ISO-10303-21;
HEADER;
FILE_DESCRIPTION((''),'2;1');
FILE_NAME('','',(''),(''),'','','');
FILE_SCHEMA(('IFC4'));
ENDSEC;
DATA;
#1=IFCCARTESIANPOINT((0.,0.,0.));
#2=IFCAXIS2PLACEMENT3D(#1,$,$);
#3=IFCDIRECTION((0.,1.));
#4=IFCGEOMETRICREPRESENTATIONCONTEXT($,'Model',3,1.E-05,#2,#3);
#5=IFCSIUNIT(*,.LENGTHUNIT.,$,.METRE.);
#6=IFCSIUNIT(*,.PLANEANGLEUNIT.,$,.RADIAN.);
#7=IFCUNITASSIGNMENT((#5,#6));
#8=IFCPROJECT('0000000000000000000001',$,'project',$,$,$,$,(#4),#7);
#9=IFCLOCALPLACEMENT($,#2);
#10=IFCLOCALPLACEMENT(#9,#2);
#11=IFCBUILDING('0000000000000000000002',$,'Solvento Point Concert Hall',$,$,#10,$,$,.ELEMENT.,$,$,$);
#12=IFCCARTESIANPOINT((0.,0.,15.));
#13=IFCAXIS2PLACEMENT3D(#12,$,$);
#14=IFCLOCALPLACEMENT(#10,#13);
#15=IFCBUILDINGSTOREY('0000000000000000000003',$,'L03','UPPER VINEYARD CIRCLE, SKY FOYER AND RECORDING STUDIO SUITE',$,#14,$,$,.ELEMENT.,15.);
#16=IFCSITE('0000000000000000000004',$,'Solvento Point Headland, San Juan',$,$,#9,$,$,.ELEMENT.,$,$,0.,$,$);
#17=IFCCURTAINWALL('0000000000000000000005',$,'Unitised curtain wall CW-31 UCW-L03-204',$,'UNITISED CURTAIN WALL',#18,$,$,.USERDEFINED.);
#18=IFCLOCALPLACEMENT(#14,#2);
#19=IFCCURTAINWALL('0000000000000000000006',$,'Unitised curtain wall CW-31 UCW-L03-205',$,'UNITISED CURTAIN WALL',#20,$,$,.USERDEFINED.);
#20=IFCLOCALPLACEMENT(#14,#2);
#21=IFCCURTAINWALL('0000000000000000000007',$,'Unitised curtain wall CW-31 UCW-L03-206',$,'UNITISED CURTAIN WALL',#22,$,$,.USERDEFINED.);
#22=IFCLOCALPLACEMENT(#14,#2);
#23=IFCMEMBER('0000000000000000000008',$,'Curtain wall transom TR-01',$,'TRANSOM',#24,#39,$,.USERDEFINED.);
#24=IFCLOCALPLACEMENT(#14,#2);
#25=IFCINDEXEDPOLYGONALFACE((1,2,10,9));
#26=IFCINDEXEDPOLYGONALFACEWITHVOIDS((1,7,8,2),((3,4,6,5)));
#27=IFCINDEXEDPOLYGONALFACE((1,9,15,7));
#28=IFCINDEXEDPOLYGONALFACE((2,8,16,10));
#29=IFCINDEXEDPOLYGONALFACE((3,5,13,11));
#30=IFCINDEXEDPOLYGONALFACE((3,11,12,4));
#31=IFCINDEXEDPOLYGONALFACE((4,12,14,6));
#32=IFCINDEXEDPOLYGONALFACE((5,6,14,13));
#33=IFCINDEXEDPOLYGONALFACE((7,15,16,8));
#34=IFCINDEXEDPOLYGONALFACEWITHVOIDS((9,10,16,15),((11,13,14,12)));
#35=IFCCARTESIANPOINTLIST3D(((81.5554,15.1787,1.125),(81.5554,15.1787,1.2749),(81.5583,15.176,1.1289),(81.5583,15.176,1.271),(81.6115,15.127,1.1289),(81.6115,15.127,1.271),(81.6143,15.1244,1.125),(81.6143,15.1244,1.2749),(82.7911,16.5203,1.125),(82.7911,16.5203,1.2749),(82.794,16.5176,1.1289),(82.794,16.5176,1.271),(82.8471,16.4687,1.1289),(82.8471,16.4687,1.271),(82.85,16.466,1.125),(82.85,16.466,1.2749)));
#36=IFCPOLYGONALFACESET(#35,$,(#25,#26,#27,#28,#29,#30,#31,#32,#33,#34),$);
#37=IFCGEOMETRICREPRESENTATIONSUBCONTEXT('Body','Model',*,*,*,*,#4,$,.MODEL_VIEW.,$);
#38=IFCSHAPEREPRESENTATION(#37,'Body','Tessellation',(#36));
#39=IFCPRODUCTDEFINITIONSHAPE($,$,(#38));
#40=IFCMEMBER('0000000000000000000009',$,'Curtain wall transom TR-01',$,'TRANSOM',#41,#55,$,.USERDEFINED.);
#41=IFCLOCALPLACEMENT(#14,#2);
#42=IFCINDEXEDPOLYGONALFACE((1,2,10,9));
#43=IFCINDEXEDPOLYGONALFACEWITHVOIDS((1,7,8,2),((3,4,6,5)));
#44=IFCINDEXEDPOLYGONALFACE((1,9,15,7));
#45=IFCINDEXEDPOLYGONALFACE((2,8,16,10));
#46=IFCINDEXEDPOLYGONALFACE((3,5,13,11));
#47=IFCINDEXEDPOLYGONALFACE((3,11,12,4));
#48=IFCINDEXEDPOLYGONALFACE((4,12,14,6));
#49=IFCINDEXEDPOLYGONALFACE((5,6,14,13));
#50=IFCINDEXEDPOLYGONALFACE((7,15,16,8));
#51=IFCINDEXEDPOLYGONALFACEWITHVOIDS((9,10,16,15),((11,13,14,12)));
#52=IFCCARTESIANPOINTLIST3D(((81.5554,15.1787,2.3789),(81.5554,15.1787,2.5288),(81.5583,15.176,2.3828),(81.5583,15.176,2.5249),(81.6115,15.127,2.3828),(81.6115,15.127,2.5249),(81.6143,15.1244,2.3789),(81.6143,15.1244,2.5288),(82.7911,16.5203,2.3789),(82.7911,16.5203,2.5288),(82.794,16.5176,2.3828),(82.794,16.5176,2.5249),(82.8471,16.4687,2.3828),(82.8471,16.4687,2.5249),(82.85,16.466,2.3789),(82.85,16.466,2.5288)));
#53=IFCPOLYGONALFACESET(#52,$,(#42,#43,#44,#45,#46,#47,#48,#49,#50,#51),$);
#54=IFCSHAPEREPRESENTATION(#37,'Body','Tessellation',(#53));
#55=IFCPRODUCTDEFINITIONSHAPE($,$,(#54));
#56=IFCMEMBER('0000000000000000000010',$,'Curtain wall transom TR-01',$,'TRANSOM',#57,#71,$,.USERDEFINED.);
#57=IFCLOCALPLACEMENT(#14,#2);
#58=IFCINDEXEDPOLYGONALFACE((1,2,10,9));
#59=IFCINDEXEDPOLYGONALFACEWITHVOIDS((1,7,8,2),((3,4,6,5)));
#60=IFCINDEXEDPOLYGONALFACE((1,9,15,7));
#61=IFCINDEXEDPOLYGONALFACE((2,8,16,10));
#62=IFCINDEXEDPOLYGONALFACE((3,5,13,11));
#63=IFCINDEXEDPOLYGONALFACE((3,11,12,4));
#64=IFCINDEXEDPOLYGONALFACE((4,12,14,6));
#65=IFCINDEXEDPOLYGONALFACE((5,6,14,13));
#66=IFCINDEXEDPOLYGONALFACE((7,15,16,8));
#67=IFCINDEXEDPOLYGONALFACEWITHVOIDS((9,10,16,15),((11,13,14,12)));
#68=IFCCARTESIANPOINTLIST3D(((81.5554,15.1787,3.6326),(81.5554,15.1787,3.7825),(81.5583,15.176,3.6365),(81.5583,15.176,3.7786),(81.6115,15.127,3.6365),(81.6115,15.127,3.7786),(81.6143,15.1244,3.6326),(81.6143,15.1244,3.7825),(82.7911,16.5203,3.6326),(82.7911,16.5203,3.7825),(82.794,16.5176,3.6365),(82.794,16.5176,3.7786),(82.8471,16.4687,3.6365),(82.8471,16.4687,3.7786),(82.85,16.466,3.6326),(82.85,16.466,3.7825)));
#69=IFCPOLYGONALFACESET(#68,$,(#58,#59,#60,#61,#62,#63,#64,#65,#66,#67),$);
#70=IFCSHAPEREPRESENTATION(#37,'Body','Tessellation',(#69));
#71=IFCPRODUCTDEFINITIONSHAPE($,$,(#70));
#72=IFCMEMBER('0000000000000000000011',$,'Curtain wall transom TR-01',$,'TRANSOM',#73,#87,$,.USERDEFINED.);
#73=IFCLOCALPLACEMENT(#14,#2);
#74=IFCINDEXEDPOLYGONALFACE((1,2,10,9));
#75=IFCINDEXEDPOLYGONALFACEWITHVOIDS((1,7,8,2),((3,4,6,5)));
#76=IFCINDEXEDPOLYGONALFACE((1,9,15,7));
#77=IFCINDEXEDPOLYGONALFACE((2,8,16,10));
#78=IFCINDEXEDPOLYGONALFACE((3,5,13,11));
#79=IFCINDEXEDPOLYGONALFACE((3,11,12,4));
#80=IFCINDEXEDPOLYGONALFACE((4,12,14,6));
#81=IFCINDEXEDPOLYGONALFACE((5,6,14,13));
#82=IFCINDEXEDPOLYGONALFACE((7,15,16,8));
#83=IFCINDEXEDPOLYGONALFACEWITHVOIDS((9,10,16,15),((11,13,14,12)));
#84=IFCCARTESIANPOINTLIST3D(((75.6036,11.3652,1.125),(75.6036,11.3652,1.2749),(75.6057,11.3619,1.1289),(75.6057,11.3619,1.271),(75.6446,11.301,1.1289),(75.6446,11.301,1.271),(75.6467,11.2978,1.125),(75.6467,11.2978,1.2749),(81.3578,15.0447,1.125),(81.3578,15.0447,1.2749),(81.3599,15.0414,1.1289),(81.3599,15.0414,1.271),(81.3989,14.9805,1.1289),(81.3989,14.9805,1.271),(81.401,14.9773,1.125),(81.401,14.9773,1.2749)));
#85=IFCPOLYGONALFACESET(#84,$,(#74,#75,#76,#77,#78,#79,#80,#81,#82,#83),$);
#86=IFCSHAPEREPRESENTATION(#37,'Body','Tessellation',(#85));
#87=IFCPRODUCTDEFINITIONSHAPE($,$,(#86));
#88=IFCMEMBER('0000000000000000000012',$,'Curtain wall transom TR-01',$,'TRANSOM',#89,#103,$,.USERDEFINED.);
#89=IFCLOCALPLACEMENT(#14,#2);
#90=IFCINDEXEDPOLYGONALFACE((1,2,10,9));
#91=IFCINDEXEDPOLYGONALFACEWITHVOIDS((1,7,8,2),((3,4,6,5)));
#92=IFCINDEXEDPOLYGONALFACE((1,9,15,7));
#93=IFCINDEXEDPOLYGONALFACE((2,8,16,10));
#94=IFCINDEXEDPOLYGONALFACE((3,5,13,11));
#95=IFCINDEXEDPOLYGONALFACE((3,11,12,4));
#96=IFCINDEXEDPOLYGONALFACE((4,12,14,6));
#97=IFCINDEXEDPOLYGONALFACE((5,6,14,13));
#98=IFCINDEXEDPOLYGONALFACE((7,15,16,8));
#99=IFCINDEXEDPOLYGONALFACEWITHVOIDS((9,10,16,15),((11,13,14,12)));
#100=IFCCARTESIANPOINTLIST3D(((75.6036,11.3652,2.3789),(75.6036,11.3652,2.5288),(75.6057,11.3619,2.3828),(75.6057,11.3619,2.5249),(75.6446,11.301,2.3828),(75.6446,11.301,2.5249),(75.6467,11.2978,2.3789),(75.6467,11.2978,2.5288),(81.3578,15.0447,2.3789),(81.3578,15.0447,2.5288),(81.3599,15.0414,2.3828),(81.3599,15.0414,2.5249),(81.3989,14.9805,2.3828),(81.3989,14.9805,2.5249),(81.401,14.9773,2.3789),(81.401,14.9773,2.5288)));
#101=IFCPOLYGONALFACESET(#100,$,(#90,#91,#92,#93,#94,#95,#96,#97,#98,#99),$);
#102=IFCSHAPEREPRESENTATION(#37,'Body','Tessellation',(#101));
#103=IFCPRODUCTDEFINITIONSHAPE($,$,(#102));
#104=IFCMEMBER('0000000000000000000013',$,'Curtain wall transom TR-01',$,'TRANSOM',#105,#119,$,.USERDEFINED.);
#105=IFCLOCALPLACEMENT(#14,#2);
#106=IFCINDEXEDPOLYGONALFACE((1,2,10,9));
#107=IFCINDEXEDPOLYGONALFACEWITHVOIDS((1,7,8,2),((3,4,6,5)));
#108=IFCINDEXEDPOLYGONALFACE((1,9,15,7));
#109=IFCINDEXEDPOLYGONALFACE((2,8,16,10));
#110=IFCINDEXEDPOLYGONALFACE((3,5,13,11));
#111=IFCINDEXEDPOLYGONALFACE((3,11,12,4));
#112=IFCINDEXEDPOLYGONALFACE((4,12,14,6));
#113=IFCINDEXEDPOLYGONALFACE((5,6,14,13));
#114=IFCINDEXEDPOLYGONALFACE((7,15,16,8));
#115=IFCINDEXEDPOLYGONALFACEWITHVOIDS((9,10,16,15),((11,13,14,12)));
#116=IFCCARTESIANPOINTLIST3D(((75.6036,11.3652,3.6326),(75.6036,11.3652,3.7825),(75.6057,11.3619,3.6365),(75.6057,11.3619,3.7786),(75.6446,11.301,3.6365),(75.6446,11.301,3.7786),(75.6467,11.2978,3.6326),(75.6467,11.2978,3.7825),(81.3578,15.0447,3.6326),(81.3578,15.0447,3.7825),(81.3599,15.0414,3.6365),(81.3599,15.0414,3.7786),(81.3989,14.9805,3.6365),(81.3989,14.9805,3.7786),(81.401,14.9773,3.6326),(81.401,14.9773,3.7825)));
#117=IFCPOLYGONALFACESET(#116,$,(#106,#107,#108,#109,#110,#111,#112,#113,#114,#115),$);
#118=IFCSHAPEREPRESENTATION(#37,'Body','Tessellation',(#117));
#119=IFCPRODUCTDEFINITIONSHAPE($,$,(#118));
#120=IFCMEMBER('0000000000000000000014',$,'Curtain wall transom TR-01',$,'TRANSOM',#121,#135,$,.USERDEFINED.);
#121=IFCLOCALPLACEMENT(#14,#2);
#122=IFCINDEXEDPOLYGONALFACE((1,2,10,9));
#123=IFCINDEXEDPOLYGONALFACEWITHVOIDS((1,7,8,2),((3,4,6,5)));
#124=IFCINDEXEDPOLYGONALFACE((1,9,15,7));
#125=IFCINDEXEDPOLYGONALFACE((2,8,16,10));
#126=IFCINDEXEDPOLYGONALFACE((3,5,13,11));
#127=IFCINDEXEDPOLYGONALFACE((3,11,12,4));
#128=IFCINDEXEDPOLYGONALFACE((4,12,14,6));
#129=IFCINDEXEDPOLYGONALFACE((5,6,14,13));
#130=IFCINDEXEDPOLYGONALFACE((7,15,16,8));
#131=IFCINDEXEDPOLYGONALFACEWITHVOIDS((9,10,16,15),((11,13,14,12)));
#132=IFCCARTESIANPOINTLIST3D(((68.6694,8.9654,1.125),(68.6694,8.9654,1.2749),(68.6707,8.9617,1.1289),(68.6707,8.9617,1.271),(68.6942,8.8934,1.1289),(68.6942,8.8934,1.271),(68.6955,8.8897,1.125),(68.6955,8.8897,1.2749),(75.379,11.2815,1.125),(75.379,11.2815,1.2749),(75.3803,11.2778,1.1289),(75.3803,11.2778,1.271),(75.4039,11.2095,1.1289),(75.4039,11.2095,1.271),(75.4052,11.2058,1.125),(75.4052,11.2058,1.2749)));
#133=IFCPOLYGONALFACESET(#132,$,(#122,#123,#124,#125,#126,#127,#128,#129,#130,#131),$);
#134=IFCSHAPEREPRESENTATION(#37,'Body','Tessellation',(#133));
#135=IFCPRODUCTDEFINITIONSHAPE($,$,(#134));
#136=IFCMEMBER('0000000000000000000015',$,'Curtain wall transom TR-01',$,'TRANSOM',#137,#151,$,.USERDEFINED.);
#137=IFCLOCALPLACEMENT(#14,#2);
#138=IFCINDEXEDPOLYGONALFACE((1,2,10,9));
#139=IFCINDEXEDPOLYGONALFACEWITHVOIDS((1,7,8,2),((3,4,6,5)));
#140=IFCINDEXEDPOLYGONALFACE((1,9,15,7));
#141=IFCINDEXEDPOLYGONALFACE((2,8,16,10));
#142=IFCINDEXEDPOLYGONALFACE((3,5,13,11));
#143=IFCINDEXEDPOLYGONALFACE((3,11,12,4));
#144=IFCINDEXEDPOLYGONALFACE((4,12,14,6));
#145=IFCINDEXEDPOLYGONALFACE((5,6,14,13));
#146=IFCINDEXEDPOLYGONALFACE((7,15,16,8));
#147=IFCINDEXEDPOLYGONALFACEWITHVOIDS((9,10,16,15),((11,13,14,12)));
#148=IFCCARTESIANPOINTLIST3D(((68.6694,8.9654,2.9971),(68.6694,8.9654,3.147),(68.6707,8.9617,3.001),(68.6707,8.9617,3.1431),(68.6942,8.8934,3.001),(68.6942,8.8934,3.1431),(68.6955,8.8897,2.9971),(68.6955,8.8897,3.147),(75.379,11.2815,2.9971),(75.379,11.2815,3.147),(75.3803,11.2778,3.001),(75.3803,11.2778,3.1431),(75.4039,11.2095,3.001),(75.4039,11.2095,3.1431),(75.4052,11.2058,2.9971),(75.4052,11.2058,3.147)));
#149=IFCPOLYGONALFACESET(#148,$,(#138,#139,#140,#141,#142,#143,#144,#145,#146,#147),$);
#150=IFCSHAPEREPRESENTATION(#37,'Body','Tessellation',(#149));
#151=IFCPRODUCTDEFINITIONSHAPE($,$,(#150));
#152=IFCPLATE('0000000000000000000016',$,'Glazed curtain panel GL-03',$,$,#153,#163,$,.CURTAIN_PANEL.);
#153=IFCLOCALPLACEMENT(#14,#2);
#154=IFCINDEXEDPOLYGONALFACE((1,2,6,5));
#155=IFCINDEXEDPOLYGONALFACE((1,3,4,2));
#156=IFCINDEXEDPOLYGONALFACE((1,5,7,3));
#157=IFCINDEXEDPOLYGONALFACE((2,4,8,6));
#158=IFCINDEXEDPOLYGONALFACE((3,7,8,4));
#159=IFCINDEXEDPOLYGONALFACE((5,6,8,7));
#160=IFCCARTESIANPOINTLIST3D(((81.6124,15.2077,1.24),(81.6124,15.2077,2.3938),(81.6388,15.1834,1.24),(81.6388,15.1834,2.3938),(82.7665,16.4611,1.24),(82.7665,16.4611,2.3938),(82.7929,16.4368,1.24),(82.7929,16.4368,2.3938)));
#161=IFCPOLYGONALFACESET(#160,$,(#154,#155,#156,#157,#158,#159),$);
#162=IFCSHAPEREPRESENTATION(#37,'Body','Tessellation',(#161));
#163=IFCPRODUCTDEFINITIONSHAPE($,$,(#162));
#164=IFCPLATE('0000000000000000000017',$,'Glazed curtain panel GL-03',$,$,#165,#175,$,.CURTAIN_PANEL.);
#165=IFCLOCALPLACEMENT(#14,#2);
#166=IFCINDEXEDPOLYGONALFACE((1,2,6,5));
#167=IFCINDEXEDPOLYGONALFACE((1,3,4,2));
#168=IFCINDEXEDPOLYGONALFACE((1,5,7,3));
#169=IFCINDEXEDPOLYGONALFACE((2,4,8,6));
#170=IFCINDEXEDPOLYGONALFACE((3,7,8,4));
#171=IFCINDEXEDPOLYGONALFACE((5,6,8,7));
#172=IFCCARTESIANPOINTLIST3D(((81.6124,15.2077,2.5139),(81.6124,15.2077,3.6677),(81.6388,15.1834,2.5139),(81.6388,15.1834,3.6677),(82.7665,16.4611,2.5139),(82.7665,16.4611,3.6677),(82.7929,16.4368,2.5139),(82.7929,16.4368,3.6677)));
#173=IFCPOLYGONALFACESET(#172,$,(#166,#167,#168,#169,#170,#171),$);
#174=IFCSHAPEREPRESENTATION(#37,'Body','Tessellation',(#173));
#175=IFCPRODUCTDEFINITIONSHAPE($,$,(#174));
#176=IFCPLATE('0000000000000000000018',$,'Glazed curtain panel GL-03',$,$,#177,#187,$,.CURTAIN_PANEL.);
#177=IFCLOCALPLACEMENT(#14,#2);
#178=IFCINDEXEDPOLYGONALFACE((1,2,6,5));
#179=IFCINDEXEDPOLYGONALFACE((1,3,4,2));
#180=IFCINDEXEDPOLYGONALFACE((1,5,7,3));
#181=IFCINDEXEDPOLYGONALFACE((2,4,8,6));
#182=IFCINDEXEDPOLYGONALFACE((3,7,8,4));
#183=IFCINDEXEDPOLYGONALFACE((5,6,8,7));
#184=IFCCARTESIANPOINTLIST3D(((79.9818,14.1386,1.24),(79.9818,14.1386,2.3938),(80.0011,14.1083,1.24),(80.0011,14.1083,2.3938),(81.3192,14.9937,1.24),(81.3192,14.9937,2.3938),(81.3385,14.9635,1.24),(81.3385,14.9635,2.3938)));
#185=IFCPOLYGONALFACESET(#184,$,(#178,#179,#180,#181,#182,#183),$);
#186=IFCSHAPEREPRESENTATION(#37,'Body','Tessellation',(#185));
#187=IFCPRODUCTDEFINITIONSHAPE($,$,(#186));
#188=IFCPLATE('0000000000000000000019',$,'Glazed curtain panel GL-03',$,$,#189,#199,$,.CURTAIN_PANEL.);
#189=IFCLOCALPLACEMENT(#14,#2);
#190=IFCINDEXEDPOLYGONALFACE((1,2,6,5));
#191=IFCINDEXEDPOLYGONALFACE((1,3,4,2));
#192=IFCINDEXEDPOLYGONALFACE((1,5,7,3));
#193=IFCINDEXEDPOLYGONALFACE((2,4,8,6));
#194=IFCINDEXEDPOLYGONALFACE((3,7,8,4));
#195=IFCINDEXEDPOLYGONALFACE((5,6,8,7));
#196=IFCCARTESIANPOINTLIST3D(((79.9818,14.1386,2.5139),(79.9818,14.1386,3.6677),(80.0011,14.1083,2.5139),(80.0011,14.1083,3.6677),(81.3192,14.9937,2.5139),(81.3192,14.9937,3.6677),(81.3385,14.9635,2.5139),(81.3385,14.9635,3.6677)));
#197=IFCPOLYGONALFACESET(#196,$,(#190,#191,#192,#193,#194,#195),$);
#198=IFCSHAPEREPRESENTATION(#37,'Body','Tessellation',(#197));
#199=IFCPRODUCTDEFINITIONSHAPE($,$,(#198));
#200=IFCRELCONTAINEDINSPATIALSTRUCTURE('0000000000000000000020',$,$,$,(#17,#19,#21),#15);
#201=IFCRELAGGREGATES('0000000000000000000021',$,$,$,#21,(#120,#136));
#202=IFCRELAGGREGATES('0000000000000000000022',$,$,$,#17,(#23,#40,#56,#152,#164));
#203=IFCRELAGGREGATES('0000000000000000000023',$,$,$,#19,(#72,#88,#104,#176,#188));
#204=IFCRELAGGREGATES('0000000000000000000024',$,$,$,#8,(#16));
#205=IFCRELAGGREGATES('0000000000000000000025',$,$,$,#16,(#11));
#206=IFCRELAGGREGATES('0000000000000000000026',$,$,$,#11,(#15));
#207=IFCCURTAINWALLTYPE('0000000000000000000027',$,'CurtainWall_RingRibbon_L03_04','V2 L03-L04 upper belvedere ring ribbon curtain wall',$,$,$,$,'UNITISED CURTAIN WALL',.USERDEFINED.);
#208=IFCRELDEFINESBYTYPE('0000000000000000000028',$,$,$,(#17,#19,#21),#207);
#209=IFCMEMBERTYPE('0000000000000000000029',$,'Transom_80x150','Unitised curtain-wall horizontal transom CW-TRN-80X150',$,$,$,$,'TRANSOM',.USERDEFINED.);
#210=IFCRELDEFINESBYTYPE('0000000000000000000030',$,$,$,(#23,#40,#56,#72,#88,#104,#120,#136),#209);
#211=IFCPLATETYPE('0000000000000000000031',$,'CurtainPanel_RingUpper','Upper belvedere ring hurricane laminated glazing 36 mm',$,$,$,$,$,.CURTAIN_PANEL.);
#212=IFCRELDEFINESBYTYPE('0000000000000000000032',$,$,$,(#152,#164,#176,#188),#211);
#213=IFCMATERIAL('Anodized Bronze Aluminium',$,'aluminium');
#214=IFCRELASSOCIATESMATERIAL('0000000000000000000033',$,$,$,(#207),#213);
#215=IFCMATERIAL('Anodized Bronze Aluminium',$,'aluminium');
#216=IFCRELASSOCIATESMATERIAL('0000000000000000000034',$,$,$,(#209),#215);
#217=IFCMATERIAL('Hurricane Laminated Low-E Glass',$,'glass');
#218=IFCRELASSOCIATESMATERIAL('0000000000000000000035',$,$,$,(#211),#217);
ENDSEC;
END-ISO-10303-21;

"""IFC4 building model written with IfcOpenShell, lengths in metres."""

from ifc_helpers import new_model, si_unit, direction, frame, origin, origin_2d, place, context, subcontext, project, spatial, rectangle, hollow_rectangle, extrude, material, material_profile, profile_set, type_object, element, aggregate, save


model = new_model("IFC4")

# Units and contexts
model_context = context("Model", 3, precision=1e-05, world=origin(), true_north=direction((0.0, 1.0)))
body_context = subcontext(model_context, "Body", "Model", "MODEL_VIEW")
ifc_project = project(units=[si_unit("LENGTHUNIT", "METRE"), si_unit("PLANEANGLEUNIT", "RADIAN")], contexts=[model_context])

# Site, building, storey
site_placement = place(None, origin())
site = spatial("IfcSite", under=ifc_project, at=site_placement, Name="Solvento Point Headland, San Juan", CompositionType="ELEMENT", RefElevation=0.0)
building_placement = place(site_placement, origin())
building = spatial("IfcBuilding", under=site, at=building_placement, Name="Solvento Point Concert Hall", CompositionType="ELEMENT")
storey_placement = place(building_placement, frame((0.0, 0.0, 15.0)))
storey = spatial("IfcBuildingStorey", under=building, at=storey_placement, Name="L03", Description="UPPER VINEYARD CIRCLE, SKY FOYER AND RECORDING STUDIO SUITE", CompositionType="ELEMENT", Elevation=15.0)

# Shared definitions
ifc_material_1 = material(Name="Anodized Bronze Aluminium", Category="aluminium")
curtain_wall_type = type_object("IfcCurtainWallType", Name="CurtainWall_RingRibbon_L03_04", Description="V2 L03-L04 upper belvedere ring ribbon curtain wall", ElementType="UNITISED CURTAIN WALL", PredefinedType="USERDEFINED", material=ifc_material_1)

# Curtain walls
curtain_wall_1_placement = place(storey_placement, origin())
curtain_wall_1 = element("IfcCurtainWall", 1, at=curtain_wall_1_placement, inside=storey, type_object=curtain_wall_type, Name="Unitised curtain wall CW-31 UCW-L03-204", ObjectType="UNITISED CURTAIN WALL", PredefinedType="USERDEFINED")
curtain_wall_2_placement = place(storey_placement, origin())
curtain_wall_2 = element("IfcCurtainWall", 2, at=curtain_wall_2_placement, inside=storey, type_object=curtain_wall_type, Name="Unitised curtain wall CW-31 UCW-L03-205", ObjectType="UNITISED CURTAIN WALL", PredefinedType="USERDEFINED")

# Curtain wall
curtain_wall_3_placement = place(storey_placement, origin())
curtain_wall_3 = element("IfcCurtainWall", 3, at=curtain_wall_3_placement, inside=storey, type_object=curtain_wall_type, Name="Unitised curtain wall CW-31 UCW-L03-206", ObjectType="UNITISED CURTAIN WALL", PredefinedType="USERDEFINED")

# Members
ifc_material_2 = material(Name="Anodized Bronze Aluminium", Category="aluminium")
ifc_material_profile_1 = material_profile(ifc_material_2, hollow_rectangle(XDim=0.0801, YDim=0.1499, WallThickness=0.0039, at=origin_2d()), Name="CW-TRN-80X150")
ifc_profile_set_1 = profile_set([ifc_material_profile_1], Name="Anodized Bronze Aluminium")
member_type_1 = type_object("IfcMemberType", Name="Transom_80x150", Description="Unitised curtain-wall horizontal transom CW-TRN-80X150", ElementType="TRANSOM", PredefinedType="USERDEFINED", material=ifc_profile_set_1)
member_1_placement = place(storey_placement, frame((82.8206, 16.4932, 1.2), z_axis=(-0.677462, -0.735557, 0.0), x_axis=(0.735557, -0.677462, 0.0)))
member_1 = element("IfcMember", 4, at=member_1_placement, type_object=member_type_1, Name="Curtain wall transom TR-01", ObjectType="TRANSOM", PredefinedType="USERDEFINED", context=body_context, shape_type="SweptSolid", body=[
    extrude(hollow_rectangle(XDim=0.0801, YDim=0.1499, WallThickness=0.0039, at=origin_2d()), origin(), (0.0, 0.0, 1.0), 1.824),
])
member_2_placement = place(storey_placement, frame((82.8206, 16.4932, 2.4539), z_axis=(-0.677462, -0.735557, 0.0), x_axis=(0.735557, -0.677462, 0.0)))
member_2 = element("IfcMember", 5, at=member_2_placement, type_object=member_type_1, Name="Curtain wall transom TR-01", ObjectType="TRANSOM", PredefinedType="USERDEFINED", context=body_context, shape_type="SweptSolid", body=[
    extrude(hollow_rectangle(XDim=0.0801, YDim=0.1499, WallThickness=0.0039, at=origin_2d()), origin(), (0.0, 0.0, 1.0), 1.824),
])
member_3_placement = place(storey_placement, frame((82.8206, 16.4932, 3.7075), z_axis=(-0.677462, -0.735557, 0.0), x_axis=(0.735557, -0.677462, 0.0)))
member_3 = element("IfcMember", 6, at=member_3_placement, type_object=member_type_1, Name="Curtain wall transom TR-01", ObjectType="TRANSOM", PredefinedType="USERDEFINED", context=body_context, shape_type="SweptSolid", body=[
    extrude(hollow_rectangle(XDim=0.0801, YDim=0.1499, WallThickness=0.0039, at=origin_2d()), origin(), (0.0, 0.0, 1.0), 1.824),
])
member_4_placement = place(storey_placement, frame((81.3794, 15.011, 1.2), z_axis=(-0.842485, -0.53872, 0.0), x_axis=(0.53872, -0.842485, 0.0)))
member_4 = element("IfcMember", 7, at=member_4_placement, type_object=member_type_1, Name="Curtain wall transom TR-01", ObjectType="TRANSOM", PredefinedType="USERDEFINED", context=body_context, shape_type="SweptSolid", body=[
    extrude(hollow_rectangle(XDim=0.0801, YDim=0.1499, WallThickness=0.0039, at=origin_2d()), origin(), (0.0, 0.0, 1.0), 6.8301),
])
member_5_placement = place(storey_placement, frame((81.3794, 15.011, 2.4539), z_axis=(-0.842485, -0.53872, 0.0), x_axis=(0.53872, -0.842485, 0.0)))
member_5 = element("IfcMember", 8, at=member_5_placement, type_object=member_type_1, Name="Curtain wall transom TR-01", ObjectType="TRANSOM", PredefinedType="USERDEFINED", context=body_context, shape_type="SweptSolid", body=[
    extrude(hollow_rectangle(XDim=0.0801, YDim=0.1499, WallThickness=0.0039, at=origin_2d()), origin(), (0.0, 0.0, 1.0), 6.8301),
])
member_6_placement = place(storey_placement, frame((81.3794, 15.011, 3.7075), z_axis=(-0.842485, -0.53872, 0.0), x_axis=(0.53872, -0.842485, 0.0)))
member_6 = element("IfcMember", 9, at=member_6_placement, type_object=member_type_1, Name="Curtain wall transom TR-01", ObjectType="TRANSOM", PredefinedType="USERDEFINED", context=body_context, shape_type="SweptSolid", body=[
    extrude(hollow_rectangle(XDim=0.0801, YDim=0.1499, WallThickness=0.0039, at=origin_2d()), origin(), (0.0, 0.0, 1.0), 6.8301),
])
member_7_placement = place(storey_placement, frame((75.3921, 11.2437, 1.2), z_axis=(-0.945266, -0.326301, 0.0), x_axis=(0.326301, -0.945266, 0.0)))
member_7 = element("IfcMember", 10, at=member_7_placement, type_object=member_type_1, Name="Curtain wall transom TR-01", ObjectType="TRANSOM", PredefinedType="USERDEFINED", context=body_context, shape_type="SweptSolid", body=[
    extrude(hollow_rectangle(XDim=0.0801, YDim=0.1499, WallThickness=0.0039, at=origin_2d()), origin(), (0.0, 0.0, 1.0), 7.0981),
])
member_8_placement = place(storey_placement, frame((75.3921, 11.2437, 3.072), z_axis=(-0.945266, -0.326301, 0.0), x_axis=(0.326301, -0.945266, 0.0)))
member_8 = element("IfcMember", 11, at=member_8_placement, type_object=member_type_1, Name="Curtain wall transom TR-01", ObjectType="TRANSOM", PredefinedType="USERDEFINED", context=body_context, shape_type="SweptSolid", body=[
    extrude(hollow_rectangle(XDim=0.0801, YDim=0.1499, WallThickness=0.0039, at=origin_2d()), origin(), (0.0, 0.0, 1.0), 7.0981),
])
aggregate(curtain_wall_3, [member_7, member_8])

# Plates
ifc_material_3 = material(Name="Hurricane Laminated Low-E Glass", Category="glass")
plate_type = type_object("IfcPlateType", Name="CurtainPanel_RingUpper", Description="Upper belvedere ring hurricane laminated glazing 36 mm", PredefinedType="CURTAIN_PANEL", material=ifc_material_3)
plate_1_placement = place(storey_placement, frame((82.2026, 15.8223, 1.24), z_axis=(0.0, 0.0, 1.0), x_axis=(-0.677382, -0.735631, 0.0)))
plate_1 = element("IfcPlate", 12, at=plate_1_placement, type_object=plate_type, Name="Glazed curtain panel GL-03", PredefinedType="CURTAIN_PANEL", context=body_context, shape_type="SweptSolid", body=[
    extrude(rectangle(XDim=1.7039, YDim=0.0359, at=origin_2d()), origin(), (0.0, 0.0, 1.0), 1.1538),
])
plate_2_placement = place(storey_placement, frame((82.2026, 15.8223, 2.5139), z_axis=(0.0, 0.0, 1.0), x_axis=(-0.677382, -0.735631, 0.0)))
plate_2 = element("IfcPlate", 13, at=plate_2_placement, type_object=plate_type, Name="Glazed curtain panel GL-03", PredefinedType="CURTAIN_PANEL", context=body_context, shape_type="SweptSolid", body=[
    extrude(rectangle(XDim=1.7039, YDim=0.0359, at=origin_2d()), origin(), (0.0, 0.0, 1.0), 1.1538),
])
aggregate(curtain_wall_1, [member_1, member_2, member_3, plate_1, plate_2])
plate_3_placement = place(storey_placement, frame((80.6602, 14.551, 1.24), z_axis=(0.0, 0.0, 1.0), x_axis=(-0.84249, -0.538712, 0.0)))
plate_3 = element("IfcPlate", 14, at=plate_3_placement, type_object=plate_type, Name="Glazed curtain panel GL-03", PredefinedType="CURTAIN_PANEL", context=body_context, shape_type="SweptSolid", body=[
    extrude(rectangle(XDim=1.5874, YDim=0.0359, at=origin_2d()), origin(), (0.0, 0.0, 1.0), 1.1538),
])
plate_4_placement = place(storey_placement, frame((80.6602, 14.551, 2.5139), z_axis=(0.0, 0.0, 1.0), x_axis=(-0.84249, -0.538712, 0.0)))
plate_4 = element("IfcPlate", 15, at=plate_4_placement, type_object=plate_type, Name="Glazed curtain panel GL-03", PredefinedType="CURTAIN_PANEL", context=body_context, shape_type="SweptSolid", body=[
    extrude(rectangle(XDim=1.5874, YDim=0.0359, at=origin_2d()), origin(), (0.0, 0.0, 1.0), 1.1538),
])
aggregate(curtain_wall_2, [member_4, member_5, member_6, plate_3, plate_4])

save(model, "model.ifc")
